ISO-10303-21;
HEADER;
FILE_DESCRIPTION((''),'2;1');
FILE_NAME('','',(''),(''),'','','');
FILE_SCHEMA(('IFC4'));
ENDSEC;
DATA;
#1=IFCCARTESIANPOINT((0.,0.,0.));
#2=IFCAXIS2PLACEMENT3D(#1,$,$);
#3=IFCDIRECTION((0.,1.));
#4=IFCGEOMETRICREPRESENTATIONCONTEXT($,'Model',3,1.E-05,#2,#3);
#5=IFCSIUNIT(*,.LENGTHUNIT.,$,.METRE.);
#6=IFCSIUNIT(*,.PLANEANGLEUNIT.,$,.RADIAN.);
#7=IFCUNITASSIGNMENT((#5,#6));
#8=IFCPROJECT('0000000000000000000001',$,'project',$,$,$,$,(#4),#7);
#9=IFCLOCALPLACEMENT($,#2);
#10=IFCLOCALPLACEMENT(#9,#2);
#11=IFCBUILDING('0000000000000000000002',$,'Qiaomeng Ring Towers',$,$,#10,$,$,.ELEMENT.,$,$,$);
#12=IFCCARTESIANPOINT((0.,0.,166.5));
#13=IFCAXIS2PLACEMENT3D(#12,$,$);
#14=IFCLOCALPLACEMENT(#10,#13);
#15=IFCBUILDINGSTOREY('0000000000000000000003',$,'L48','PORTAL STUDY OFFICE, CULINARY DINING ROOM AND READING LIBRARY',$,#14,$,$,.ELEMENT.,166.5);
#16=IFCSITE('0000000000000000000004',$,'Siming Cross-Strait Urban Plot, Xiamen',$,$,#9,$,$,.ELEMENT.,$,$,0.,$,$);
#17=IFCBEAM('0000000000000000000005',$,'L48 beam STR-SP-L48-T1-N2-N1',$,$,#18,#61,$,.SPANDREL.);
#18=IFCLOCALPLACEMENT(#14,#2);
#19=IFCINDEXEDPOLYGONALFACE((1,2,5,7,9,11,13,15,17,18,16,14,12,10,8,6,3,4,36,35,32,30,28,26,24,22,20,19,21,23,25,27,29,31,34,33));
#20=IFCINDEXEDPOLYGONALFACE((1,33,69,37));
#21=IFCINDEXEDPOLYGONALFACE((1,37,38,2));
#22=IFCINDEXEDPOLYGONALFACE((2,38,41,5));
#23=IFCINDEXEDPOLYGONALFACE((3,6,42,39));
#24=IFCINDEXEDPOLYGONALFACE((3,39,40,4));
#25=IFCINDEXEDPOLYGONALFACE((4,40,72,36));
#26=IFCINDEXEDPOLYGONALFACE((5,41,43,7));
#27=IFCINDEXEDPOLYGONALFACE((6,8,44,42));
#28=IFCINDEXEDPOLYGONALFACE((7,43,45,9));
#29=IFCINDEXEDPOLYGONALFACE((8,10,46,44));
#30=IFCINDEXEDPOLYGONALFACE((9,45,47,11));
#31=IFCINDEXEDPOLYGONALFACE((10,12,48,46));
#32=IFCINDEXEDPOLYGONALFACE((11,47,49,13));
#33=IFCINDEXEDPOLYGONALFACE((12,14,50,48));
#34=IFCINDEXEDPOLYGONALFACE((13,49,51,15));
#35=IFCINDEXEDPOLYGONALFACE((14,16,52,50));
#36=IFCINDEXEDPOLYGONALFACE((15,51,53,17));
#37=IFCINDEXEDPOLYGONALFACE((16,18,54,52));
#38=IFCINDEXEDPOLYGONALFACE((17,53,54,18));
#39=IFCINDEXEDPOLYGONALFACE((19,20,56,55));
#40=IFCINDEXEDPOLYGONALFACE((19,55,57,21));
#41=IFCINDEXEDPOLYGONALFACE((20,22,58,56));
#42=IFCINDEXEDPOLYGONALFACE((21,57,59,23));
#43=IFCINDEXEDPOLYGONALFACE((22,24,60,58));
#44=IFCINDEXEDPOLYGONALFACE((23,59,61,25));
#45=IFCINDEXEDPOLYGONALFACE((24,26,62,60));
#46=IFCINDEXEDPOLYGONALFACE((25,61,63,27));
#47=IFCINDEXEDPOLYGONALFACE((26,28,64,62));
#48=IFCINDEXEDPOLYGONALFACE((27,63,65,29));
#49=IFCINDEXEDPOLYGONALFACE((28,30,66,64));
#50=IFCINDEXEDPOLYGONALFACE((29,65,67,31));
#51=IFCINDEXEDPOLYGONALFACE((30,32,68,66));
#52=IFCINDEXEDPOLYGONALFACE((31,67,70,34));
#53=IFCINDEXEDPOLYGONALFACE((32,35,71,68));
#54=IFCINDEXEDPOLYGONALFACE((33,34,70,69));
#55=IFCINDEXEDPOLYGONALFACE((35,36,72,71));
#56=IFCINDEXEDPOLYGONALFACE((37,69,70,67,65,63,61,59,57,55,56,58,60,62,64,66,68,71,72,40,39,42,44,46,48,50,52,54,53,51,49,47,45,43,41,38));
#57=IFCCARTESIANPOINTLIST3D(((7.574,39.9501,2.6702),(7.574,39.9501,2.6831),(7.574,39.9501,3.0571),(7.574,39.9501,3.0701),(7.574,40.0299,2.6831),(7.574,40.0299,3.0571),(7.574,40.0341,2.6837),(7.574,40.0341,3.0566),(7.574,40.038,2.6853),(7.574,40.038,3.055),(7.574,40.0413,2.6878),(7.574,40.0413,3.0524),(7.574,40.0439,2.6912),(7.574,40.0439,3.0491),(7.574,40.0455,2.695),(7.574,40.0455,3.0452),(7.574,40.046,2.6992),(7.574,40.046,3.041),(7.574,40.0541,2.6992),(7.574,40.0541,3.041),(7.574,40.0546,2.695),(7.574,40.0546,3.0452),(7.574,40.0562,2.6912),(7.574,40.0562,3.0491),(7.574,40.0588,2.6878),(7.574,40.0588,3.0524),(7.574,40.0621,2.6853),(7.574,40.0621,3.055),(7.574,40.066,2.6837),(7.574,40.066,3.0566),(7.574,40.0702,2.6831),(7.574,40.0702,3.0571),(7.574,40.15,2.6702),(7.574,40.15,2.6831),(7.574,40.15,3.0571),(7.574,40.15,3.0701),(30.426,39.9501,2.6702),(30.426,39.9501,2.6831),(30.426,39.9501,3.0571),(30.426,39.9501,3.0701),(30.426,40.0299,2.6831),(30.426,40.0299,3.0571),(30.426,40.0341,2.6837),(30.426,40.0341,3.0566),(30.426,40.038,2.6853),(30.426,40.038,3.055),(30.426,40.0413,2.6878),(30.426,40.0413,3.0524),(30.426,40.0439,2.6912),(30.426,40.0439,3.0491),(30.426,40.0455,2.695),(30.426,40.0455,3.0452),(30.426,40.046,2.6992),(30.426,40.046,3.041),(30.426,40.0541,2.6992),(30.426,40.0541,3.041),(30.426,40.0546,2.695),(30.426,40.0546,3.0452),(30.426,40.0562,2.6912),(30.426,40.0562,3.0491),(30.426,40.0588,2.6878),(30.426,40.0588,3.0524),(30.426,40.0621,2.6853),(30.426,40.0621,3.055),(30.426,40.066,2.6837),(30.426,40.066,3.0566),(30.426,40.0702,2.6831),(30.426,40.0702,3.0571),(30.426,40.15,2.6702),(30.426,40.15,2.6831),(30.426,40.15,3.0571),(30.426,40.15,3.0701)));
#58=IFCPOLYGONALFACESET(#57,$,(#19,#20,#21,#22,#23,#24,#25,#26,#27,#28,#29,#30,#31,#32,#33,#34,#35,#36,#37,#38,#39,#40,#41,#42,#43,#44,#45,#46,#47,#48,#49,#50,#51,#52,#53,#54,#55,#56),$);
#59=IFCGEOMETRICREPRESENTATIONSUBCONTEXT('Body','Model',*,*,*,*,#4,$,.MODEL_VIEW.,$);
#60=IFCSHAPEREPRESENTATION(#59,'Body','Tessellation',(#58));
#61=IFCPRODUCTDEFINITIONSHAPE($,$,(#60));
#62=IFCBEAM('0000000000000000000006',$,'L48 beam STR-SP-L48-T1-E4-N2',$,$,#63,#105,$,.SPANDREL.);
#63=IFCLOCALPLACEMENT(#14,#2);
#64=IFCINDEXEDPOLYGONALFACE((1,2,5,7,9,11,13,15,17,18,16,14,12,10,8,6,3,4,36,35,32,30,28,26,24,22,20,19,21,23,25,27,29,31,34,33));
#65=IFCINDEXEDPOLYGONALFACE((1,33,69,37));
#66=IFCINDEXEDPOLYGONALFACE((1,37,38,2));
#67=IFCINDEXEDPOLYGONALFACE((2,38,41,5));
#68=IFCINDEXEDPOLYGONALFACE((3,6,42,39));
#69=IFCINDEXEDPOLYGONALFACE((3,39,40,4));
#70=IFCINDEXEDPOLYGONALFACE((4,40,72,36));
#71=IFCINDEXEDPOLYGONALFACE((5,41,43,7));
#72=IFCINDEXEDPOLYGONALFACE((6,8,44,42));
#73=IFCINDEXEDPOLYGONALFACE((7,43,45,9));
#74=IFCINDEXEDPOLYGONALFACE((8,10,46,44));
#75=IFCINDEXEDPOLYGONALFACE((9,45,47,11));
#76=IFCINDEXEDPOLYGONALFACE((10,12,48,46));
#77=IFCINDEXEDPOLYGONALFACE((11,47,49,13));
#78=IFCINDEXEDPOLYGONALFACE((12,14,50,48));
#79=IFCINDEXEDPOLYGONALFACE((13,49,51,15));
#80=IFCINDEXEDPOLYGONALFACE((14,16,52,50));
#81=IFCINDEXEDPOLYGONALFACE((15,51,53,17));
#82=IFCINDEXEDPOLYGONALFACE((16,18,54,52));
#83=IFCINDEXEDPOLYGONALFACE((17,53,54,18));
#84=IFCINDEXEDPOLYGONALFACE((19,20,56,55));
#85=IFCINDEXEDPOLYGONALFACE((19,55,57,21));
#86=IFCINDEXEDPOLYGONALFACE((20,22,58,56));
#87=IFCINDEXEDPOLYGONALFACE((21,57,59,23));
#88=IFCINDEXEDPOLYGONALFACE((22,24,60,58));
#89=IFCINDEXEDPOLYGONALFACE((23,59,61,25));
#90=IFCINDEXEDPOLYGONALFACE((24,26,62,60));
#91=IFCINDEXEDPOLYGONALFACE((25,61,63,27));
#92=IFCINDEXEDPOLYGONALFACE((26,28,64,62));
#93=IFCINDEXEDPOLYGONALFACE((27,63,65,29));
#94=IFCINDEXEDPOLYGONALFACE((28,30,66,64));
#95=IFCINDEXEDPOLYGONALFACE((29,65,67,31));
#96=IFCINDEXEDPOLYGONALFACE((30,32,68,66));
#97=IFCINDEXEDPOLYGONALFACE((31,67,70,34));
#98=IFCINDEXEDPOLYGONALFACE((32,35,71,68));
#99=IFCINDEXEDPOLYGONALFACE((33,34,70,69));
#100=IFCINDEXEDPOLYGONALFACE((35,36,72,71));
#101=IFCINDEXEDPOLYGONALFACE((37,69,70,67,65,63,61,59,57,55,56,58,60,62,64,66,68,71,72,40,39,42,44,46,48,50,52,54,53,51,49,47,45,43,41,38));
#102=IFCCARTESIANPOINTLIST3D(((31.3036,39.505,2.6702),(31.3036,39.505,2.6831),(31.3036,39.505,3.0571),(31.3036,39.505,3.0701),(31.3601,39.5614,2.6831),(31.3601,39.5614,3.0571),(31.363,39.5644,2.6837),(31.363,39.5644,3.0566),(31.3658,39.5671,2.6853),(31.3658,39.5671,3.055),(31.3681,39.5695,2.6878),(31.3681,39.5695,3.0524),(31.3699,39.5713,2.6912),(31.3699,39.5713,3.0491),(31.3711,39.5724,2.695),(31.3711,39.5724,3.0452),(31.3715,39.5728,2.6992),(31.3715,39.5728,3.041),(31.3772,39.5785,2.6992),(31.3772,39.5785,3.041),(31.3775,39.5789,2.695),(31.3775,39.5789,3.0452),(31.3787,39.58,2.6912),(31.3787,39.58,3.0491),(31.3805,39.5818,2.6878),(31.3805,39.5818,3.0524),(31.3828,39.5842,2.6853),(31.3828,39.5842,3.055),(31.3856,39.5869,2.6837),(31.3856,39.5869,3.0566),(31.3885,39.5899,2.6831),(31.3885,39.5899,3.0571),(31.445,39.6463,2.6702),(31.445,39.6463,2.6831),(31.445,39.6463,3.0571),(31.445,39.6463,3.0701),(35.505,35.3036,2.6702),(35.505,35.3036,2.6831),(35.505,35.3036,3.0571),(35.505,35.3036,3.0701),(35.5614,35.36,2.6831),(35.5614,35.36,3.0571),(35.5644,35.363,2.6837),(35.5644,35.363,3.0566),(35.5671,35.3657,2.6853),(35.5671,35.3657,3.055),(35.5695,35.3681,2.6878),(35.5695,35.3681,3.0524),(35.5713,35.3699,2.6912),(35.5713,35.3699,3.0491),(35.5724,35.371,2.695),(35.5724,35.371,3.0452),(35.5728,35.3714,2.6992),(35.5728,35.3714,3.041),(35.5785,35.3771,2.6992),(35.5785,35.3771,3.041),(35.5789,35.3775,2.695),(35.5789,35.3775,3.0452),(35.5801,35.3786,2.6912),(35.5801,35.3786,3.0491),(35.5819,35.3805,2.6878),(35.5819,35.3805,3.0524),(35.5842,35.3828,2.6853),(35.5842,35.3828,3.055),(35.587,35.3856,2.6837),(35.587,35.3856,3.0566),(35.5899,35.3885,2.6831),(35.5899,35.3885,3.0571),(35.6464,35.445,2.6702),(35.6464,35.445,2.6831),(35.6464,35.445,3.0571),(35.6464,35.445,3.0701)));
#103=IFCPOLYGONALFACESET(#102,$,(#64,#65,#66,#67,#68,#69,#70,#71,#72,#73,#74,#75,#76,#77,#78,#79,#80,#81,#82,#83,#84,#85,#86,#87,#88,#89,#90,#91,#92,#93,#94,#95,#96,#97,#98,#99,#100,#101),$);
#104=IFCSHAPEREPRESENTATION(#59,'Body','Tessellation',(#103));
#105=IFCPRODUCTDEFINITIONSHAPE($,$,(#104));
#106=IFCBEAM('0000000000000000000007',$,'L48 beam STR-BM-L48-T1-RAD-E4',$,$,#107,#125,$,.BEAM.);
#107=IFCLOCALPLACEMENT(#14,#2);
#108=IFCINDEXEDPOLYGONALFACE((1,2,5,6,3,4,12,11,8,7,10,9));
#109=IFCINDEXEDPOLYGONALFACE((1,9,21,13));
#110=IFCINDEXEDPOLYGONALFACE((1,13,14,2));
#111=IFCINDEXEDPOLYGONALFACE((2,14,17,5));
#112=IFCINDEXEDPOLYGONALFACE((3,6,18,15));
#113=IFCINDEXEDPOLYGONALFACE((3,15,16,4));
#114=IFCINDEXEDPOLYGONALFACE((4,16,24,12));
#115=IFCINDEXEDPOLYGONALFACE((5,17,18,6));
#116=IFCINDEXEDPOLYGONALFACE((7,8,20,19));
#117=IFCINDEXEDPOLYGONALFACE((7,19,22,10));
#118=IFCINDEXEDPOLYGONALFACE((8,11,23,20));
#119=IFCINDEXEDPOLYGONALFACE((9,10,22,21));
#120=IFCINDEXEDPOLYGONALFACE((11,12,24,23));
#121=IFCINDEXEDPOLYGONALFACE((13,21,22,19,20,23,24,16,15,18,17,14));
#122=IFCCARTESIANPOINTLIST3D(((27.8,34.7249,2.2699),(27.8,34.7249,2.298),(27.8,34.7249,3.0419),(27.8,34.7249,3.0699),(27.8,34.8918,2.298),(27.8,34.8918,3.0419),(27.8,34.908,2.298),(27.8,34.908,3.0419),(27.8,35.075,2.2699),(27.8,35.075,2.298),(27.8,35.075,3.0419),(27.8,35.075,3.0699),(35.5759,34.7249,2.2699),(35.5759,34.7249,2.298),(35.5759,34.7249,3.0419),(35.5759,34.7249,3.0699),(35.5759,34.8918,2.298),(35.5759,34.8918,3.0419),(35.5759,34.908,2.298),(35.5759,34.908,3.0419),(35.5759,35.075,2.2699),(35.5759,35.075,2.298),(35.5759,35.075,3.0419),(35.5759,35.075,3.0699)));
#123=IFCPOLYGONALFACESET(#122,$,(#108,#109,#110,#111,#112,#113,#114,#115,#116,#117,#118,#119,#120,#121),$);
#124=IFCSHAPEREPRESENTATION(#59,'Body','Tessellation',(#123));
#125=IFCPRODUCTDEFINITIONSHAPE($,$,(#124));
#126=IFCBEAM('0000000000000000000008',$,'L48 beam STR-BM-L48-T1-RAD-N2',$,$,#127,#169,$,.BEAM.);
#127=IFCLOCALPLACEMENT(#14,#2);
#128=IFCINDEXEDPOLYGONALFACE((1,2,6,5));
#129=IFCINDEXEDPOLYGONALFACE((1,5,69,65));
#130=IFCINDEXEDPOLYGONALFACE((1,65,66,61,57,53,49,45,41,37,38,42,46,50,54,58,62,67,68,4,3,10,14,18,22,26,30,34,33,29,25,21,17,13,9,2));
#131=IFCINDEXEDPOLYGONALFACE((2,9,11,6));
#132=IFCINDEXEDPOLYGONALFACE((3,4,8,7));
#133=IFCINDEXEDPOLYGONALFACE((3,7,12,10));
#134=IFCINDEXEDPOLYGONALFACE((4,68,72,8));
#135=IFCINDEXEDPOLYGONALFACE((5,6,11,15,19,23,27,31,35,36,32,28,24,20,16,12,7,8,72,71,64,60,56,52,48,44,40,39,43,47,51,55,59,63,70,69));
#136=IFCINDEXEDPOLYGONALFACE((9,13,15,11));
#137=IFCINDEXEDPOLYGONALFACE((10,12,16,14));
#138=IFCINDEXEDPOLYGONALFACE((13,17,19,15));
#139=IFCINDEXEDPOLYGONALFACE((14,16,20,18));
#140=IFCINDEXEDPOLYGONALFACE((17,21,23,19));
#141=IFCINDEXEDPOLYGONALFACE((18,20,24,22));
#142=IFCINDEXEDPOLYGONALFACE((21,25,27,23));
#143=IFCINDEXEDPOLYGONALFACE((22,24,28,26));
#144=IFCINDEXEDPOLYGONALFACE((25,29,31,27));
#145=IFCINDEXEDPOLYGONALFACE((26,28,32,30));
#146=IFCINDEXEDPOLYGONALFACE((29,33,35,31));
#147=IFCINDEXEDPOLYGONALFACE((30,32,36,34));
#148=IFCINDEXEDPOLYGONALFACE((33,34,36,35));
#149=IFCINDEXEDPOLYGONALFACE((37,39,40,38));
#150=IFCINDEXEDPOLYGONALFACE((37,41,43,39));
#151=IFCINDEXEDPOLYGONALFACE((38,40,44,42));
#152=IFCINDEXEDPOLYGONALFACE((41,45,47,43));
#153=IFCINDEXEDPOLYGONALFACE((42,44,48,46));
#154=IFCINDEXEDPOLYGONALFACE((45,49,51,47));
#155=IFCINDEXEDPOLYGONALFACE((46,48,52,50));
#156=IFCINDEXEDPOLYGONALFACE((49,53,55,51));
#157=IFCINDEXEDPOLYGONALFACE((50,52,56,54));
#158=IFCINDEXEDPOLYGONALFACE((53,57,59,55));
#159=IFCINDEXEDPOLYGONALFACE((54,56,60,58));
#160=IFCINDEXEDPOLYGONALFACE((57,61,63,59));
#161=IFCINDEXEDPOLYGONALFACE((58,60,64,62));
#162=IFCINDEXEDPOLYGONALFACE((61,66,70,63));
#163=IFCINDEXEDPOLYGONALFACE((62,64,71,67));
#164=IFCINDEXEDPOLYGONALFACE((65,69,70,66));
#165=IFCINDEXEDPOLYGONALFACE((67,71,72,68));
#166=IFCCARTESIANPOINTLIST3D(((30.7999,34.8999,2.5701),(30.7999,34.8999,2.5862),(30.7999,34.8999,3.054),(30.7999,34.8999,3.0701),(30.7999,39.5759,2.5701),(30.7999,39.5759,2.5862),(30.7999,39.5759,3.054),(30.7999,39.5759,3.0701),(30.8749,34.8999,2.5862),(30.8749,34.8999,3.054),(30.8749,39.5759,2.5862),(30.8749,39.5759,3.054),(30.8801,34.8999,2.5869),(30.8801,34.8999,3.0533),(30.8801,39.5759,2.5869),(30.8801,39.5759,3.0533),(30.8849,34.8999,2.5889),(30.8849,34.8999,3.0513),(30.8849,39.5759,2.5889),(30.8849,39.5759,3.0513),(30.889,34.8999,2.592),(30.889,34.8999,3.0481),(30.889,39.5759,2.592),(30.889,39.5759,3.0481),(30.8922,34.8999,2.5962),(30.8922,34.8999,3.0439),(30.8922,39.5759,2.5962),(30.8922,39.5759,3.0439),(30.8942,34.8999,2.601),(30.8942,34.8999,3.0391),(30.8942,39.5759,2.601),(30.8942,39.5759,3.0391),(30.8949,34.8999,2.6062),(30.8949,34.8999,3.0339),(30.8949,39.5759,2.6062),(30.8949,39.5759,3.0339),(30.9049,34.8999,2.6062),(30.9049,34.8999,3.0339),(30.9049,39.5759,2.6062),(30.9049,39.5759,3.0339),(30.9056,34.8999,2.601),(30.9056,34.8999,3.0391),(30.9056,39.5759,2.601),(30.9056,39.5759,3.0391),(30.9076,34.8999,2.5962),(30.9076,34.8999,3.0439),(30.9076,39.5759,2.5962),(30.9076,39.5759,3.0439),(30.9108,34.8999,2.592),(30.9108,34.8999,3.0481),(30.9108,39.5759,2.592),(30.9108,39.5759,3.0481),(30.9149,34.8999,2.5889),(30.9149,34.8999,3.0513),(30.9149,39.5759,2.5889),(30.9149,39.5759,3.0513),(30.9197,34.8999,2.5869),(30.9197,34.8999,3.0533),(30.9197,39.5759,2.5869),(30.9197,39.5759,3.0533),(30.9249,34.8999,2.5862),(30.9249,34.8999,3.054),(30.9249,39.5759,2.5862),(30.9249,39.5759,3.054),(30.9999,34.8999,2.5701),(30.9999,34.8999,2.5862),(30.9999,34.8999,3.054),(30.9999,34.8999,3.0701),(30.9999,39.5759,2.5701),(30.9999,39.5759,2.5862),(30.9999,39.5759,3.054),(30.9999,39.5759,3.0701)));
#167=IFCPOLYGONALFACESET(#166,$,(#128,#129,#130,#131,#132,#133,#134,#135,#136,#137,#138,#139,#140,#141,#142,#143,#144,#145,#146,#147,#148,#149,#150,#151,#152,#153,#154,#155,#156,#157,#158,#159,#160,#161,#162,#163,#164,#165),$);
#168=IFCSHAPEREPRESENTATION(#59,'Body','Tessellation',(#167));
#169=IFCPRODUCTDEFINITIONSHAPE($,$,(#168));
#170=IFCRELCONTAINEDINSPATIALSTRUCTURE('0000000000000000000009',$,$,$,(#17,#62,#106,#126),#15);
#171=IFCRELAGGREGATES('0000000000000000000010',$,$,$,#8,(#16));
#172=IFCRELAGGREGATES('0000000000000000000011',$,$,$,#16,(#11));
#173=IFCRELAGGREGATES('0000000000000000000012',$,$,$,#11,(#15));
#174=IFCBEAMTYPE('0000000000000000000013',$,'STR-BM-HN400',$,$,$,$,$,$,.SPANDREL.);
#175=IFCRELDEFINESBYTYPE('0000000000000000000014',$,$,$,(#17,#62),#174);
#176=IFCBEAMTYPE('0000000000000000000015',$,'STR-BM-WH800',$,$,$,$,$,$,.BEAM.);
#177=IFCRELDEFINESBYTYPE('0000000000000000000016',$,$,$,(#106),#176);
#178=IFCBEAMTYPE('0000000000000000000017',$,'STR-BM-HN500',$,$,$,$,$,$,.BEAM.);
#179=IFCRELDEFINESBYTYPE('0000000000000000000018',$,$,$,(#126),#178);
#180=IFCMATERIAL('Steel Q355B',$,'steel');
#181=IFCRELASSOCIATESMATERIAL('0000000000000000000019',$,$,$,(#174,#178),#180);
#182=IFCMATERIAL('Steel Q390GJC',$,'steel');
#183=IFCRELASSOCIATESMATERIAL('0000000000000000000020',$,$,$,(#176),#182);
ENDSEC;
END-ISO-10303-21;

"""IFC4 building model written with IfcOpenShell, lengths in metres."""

from ifc_helpers import new_model, si_unit, direction, frame, origin, origin_2d, place, context, subcontext, project, spatial, i_section, extrude, source, transform, mapped, material, material_profile, profile_set, type_object, element, save


model = new_model("IFC4")

# Units and contexts
model_context = context("Model", 3, precision=1e-05, world=origin(), true_north=direction((0.0, 1.0)))
body_context = subcontext(model_context, "Body", "Model", "MODEL_VIEW")
ifc_project = project(units=[si_unit("LENGTHUNIT", "METRE"), si_unit("PLANEANGLEUNIT", "RADIAN")], contexts=[model_context])

# Site, building, storey
site_placement = place(None, origin())
site = spatial("IfcSite", under=ifc_project, at=site_placement, Name="Siming Cross-Strait Urban Plot, Xiamen", CompositionType="ELEMENT", RefElevation=0.0)
building_placement = place(site_placement, origin())
building = spatial("IfcBuilding", under=site, at=building_placement, Name="Qiaomeng Ring Towers", CompositionType="ELEMENT")
storey_placement = place(building_placement, frame((0.0, 0.0, 166.5)))
storey = spatial("IfcBuildingStorey", under=building, at=storey_placement, Name="L48", Description="PORTAL STUDY OFFICE, CULINARY DINING ROOM AND READING LIBRARY", CompositionType="ELEMENT", Elevation=166.5)

# Beams
ifc_material_1 = material(Name="Steel Q355B", Category="steel")
ifc_material_profile_1 = material_profile(ifc_material_1, i_section(OverallWidth=0.2, OverallDepth=0.3999, WebThickness=0.0081, FlangeThickness=0.0129, FilletRadius=0.0161, at=origin_2d()), Name="HN 400x200x8x13")
ifc_profile_set_1 = profile_set([ifc_material_profile_1], Name="Steel Q355B")
beam_type_1 = type_object("IfcBeamType", Name="STR-BM-HN400", PredefinedType="SPANDREL", material=ifc_profile_set_1)
shared_shape_1 = source(origin(), body_context, "Body", "SweptSolid", [
    extrude(i_section(OverallWidth=0.2, OverallDepth=0.3999, WebThickness=0.0081, FlangeThickness=0.0129, FilletRadius=0.0161, at=origin_2d()), origin(), (0.0, 0.0, 1.0), 22.8521),
])
beam_1_placement = place(storey_placement, frame((30.426, 40.05, 2.8701), z_axis=(-1.0, 0.0, 0.0), x_axis=(0.0, -1.0, 0.0)))
element("IfcBeam", 1, at=beam_1_placement, inside=storey, type_object=beam_type_1, Name="L48 beam STR-SP-L48-T1-N2-N1", PredefinedType="SPANDREL", context=body_context, shape_type="MappedRepresentation", body=[
    mapped(shared_shape_1, transform((0.0, 0.0, 0.0), x_axis=(1.0, 0.0, 0.0), y_axis=(0.0, 1.0, 0.0), z_axis=(0.0, 0.0, 1.0), scale=1.0)),
])
shared_shape_2 = source(origin(), body_context, "Body", "SweptSolid", [
    extrude(i_section(OverallWidth=0.2, OverallDepth=0.3999, WebThickness=0.0081, FlangeThickness=0.0129, FilletRadius=0.0161, at=origin_2d()), origin(), (0.0, 0.0, 1.0), 5.9417),
])
beam_2_placement = place(storey_placement, frame((35.5757, 35.3743, 2.8701), z_axis=(-0.707107, 0.707107, 0.0), x_axis=(-0.707107, -0.707107, 0.0)))
element("IfcBeam", 2, at=beam_2_placement, inside=storey, type_object=beam_type_1, Name="L48 beam STR-SP-L48-T1-E4-N2", PredefinedType="SPANDREL", context=body_context, shape_type="MappedRepresentation", body=[
    mapped(shared_shape_2, transform((0.0, 0.0, 0.0), x_axis=(1.0, 0.0, 0.0), y_axis=(0.0, 1.0, 0.0), z_axis=(0.0, 0.0, 1.0), scale=1.0)),
])
ifc_material_2 = material(Name="Steel Q390GJC", Category="steel")
ifc_material_profile_2 = material_profile(ifc_material_2, i_section(OverallWidth=0.3501, OverallDepth=0.8, WebThickness=0.0161, FlangeThickness=0.0281, at=origin_2d()), Name="WH 800x350x16x28")
ifc_profile_set_2 = profile_set([ifc_material_profile_2], Name="Steel Q390GJC")
beam_type_2 = type_object("IfcBeamType", Name="STR-BM-WH800", PredefinedType="BEAM", material=ifc_profile_set_2)
shared_shape_3 = source(origin(), body_context, "Body", "SweptSolid", [
    extrude(i_section(OverallWidth=0.3501, OverallDepth=0.8, WebThickness=0.0161, FlangeThickness=0.0281, at=origin_2d()), origin(), (0.0, 0.0, 1.0), 7.7759),
])
beam_3_placement = place(storey_placement, frame((27.8, 34.8999, 2.6699), z_axis=(1.0, 0.0, 0.0), x_axis=(0.0, 1.0, 0.0)))
element("IfcBeam", 3, at=beam_3_placement, inside=storey, type_object=beam_type_2, Name="L48 beam STR-BM-L48-T1-RAD-E4", PredefinedType="BEAM", context=body_context, shape_type="MappedRepresentation", body=[
    mapped(shared_shape_3, transform((0.0, 0.0, 0.0), x_axis=(1.0, 0.0, 0.0), y_axis=(0.0, 1.0, 0.0), z_axis=(0.0, 0.0, 1.0), scale=1.0)),
])
ifc_material_profile_3 = material_profile(ifc_material_1, i_section(OverallWidth=0.2, OverallDepth=0.5, WebThickness=0.01, FlangeThickness=0.0161, FilletRadius=0.02, at=origin_2d()), Name="HN 500x200x10x16")
ifc_profile_set_3 = profile_set([ifc_material_profile_3], Name="Steel Q355B")
beam_type_3 = type_object("IfcBeamType", Name="STR-BM-HN500", PredefinedType="BEAM", material=ifc_profile_set_3)
shared_shape_4 = source(origin(), body_context, "Body", "SweptSolid", [
    extrude(i_section(OverallWidth=0.2, OverallDepth=0.5, WebThickness=0.01, FlangeThickness=0.0161, FilletRadius=0.02, at=origin_2d()), origin(), (0.0, 0.0, 1.0), 4.676),
])
beam_4_placement = place(storey_placement, frame((30.8999, 39.5759, 2.8201), z_axis=(0.0, -1.0, 0.0), x_axis=(1.0, 0.0, 0.0)))
element("IfcBeam", 4, at=beam_4_placement, inside=storey, type_object=beam_type_3, Name="L48 beam STR-BM-L48-T1-RAD-N2", PredefinedType="BEAM", context=body_context, shape_type="MappedRepresentation", body=[
    mapped(shared_shape_4, transform((0.0, 0.0, 0.0), x_axis=(1.0, 0.0, 0.0), y_axis=(0.0, 1.0, 0.0), z_axis=(0.0, 0.0, 1.0), scale=1.0)),
])

save(model, "model.ifc")
